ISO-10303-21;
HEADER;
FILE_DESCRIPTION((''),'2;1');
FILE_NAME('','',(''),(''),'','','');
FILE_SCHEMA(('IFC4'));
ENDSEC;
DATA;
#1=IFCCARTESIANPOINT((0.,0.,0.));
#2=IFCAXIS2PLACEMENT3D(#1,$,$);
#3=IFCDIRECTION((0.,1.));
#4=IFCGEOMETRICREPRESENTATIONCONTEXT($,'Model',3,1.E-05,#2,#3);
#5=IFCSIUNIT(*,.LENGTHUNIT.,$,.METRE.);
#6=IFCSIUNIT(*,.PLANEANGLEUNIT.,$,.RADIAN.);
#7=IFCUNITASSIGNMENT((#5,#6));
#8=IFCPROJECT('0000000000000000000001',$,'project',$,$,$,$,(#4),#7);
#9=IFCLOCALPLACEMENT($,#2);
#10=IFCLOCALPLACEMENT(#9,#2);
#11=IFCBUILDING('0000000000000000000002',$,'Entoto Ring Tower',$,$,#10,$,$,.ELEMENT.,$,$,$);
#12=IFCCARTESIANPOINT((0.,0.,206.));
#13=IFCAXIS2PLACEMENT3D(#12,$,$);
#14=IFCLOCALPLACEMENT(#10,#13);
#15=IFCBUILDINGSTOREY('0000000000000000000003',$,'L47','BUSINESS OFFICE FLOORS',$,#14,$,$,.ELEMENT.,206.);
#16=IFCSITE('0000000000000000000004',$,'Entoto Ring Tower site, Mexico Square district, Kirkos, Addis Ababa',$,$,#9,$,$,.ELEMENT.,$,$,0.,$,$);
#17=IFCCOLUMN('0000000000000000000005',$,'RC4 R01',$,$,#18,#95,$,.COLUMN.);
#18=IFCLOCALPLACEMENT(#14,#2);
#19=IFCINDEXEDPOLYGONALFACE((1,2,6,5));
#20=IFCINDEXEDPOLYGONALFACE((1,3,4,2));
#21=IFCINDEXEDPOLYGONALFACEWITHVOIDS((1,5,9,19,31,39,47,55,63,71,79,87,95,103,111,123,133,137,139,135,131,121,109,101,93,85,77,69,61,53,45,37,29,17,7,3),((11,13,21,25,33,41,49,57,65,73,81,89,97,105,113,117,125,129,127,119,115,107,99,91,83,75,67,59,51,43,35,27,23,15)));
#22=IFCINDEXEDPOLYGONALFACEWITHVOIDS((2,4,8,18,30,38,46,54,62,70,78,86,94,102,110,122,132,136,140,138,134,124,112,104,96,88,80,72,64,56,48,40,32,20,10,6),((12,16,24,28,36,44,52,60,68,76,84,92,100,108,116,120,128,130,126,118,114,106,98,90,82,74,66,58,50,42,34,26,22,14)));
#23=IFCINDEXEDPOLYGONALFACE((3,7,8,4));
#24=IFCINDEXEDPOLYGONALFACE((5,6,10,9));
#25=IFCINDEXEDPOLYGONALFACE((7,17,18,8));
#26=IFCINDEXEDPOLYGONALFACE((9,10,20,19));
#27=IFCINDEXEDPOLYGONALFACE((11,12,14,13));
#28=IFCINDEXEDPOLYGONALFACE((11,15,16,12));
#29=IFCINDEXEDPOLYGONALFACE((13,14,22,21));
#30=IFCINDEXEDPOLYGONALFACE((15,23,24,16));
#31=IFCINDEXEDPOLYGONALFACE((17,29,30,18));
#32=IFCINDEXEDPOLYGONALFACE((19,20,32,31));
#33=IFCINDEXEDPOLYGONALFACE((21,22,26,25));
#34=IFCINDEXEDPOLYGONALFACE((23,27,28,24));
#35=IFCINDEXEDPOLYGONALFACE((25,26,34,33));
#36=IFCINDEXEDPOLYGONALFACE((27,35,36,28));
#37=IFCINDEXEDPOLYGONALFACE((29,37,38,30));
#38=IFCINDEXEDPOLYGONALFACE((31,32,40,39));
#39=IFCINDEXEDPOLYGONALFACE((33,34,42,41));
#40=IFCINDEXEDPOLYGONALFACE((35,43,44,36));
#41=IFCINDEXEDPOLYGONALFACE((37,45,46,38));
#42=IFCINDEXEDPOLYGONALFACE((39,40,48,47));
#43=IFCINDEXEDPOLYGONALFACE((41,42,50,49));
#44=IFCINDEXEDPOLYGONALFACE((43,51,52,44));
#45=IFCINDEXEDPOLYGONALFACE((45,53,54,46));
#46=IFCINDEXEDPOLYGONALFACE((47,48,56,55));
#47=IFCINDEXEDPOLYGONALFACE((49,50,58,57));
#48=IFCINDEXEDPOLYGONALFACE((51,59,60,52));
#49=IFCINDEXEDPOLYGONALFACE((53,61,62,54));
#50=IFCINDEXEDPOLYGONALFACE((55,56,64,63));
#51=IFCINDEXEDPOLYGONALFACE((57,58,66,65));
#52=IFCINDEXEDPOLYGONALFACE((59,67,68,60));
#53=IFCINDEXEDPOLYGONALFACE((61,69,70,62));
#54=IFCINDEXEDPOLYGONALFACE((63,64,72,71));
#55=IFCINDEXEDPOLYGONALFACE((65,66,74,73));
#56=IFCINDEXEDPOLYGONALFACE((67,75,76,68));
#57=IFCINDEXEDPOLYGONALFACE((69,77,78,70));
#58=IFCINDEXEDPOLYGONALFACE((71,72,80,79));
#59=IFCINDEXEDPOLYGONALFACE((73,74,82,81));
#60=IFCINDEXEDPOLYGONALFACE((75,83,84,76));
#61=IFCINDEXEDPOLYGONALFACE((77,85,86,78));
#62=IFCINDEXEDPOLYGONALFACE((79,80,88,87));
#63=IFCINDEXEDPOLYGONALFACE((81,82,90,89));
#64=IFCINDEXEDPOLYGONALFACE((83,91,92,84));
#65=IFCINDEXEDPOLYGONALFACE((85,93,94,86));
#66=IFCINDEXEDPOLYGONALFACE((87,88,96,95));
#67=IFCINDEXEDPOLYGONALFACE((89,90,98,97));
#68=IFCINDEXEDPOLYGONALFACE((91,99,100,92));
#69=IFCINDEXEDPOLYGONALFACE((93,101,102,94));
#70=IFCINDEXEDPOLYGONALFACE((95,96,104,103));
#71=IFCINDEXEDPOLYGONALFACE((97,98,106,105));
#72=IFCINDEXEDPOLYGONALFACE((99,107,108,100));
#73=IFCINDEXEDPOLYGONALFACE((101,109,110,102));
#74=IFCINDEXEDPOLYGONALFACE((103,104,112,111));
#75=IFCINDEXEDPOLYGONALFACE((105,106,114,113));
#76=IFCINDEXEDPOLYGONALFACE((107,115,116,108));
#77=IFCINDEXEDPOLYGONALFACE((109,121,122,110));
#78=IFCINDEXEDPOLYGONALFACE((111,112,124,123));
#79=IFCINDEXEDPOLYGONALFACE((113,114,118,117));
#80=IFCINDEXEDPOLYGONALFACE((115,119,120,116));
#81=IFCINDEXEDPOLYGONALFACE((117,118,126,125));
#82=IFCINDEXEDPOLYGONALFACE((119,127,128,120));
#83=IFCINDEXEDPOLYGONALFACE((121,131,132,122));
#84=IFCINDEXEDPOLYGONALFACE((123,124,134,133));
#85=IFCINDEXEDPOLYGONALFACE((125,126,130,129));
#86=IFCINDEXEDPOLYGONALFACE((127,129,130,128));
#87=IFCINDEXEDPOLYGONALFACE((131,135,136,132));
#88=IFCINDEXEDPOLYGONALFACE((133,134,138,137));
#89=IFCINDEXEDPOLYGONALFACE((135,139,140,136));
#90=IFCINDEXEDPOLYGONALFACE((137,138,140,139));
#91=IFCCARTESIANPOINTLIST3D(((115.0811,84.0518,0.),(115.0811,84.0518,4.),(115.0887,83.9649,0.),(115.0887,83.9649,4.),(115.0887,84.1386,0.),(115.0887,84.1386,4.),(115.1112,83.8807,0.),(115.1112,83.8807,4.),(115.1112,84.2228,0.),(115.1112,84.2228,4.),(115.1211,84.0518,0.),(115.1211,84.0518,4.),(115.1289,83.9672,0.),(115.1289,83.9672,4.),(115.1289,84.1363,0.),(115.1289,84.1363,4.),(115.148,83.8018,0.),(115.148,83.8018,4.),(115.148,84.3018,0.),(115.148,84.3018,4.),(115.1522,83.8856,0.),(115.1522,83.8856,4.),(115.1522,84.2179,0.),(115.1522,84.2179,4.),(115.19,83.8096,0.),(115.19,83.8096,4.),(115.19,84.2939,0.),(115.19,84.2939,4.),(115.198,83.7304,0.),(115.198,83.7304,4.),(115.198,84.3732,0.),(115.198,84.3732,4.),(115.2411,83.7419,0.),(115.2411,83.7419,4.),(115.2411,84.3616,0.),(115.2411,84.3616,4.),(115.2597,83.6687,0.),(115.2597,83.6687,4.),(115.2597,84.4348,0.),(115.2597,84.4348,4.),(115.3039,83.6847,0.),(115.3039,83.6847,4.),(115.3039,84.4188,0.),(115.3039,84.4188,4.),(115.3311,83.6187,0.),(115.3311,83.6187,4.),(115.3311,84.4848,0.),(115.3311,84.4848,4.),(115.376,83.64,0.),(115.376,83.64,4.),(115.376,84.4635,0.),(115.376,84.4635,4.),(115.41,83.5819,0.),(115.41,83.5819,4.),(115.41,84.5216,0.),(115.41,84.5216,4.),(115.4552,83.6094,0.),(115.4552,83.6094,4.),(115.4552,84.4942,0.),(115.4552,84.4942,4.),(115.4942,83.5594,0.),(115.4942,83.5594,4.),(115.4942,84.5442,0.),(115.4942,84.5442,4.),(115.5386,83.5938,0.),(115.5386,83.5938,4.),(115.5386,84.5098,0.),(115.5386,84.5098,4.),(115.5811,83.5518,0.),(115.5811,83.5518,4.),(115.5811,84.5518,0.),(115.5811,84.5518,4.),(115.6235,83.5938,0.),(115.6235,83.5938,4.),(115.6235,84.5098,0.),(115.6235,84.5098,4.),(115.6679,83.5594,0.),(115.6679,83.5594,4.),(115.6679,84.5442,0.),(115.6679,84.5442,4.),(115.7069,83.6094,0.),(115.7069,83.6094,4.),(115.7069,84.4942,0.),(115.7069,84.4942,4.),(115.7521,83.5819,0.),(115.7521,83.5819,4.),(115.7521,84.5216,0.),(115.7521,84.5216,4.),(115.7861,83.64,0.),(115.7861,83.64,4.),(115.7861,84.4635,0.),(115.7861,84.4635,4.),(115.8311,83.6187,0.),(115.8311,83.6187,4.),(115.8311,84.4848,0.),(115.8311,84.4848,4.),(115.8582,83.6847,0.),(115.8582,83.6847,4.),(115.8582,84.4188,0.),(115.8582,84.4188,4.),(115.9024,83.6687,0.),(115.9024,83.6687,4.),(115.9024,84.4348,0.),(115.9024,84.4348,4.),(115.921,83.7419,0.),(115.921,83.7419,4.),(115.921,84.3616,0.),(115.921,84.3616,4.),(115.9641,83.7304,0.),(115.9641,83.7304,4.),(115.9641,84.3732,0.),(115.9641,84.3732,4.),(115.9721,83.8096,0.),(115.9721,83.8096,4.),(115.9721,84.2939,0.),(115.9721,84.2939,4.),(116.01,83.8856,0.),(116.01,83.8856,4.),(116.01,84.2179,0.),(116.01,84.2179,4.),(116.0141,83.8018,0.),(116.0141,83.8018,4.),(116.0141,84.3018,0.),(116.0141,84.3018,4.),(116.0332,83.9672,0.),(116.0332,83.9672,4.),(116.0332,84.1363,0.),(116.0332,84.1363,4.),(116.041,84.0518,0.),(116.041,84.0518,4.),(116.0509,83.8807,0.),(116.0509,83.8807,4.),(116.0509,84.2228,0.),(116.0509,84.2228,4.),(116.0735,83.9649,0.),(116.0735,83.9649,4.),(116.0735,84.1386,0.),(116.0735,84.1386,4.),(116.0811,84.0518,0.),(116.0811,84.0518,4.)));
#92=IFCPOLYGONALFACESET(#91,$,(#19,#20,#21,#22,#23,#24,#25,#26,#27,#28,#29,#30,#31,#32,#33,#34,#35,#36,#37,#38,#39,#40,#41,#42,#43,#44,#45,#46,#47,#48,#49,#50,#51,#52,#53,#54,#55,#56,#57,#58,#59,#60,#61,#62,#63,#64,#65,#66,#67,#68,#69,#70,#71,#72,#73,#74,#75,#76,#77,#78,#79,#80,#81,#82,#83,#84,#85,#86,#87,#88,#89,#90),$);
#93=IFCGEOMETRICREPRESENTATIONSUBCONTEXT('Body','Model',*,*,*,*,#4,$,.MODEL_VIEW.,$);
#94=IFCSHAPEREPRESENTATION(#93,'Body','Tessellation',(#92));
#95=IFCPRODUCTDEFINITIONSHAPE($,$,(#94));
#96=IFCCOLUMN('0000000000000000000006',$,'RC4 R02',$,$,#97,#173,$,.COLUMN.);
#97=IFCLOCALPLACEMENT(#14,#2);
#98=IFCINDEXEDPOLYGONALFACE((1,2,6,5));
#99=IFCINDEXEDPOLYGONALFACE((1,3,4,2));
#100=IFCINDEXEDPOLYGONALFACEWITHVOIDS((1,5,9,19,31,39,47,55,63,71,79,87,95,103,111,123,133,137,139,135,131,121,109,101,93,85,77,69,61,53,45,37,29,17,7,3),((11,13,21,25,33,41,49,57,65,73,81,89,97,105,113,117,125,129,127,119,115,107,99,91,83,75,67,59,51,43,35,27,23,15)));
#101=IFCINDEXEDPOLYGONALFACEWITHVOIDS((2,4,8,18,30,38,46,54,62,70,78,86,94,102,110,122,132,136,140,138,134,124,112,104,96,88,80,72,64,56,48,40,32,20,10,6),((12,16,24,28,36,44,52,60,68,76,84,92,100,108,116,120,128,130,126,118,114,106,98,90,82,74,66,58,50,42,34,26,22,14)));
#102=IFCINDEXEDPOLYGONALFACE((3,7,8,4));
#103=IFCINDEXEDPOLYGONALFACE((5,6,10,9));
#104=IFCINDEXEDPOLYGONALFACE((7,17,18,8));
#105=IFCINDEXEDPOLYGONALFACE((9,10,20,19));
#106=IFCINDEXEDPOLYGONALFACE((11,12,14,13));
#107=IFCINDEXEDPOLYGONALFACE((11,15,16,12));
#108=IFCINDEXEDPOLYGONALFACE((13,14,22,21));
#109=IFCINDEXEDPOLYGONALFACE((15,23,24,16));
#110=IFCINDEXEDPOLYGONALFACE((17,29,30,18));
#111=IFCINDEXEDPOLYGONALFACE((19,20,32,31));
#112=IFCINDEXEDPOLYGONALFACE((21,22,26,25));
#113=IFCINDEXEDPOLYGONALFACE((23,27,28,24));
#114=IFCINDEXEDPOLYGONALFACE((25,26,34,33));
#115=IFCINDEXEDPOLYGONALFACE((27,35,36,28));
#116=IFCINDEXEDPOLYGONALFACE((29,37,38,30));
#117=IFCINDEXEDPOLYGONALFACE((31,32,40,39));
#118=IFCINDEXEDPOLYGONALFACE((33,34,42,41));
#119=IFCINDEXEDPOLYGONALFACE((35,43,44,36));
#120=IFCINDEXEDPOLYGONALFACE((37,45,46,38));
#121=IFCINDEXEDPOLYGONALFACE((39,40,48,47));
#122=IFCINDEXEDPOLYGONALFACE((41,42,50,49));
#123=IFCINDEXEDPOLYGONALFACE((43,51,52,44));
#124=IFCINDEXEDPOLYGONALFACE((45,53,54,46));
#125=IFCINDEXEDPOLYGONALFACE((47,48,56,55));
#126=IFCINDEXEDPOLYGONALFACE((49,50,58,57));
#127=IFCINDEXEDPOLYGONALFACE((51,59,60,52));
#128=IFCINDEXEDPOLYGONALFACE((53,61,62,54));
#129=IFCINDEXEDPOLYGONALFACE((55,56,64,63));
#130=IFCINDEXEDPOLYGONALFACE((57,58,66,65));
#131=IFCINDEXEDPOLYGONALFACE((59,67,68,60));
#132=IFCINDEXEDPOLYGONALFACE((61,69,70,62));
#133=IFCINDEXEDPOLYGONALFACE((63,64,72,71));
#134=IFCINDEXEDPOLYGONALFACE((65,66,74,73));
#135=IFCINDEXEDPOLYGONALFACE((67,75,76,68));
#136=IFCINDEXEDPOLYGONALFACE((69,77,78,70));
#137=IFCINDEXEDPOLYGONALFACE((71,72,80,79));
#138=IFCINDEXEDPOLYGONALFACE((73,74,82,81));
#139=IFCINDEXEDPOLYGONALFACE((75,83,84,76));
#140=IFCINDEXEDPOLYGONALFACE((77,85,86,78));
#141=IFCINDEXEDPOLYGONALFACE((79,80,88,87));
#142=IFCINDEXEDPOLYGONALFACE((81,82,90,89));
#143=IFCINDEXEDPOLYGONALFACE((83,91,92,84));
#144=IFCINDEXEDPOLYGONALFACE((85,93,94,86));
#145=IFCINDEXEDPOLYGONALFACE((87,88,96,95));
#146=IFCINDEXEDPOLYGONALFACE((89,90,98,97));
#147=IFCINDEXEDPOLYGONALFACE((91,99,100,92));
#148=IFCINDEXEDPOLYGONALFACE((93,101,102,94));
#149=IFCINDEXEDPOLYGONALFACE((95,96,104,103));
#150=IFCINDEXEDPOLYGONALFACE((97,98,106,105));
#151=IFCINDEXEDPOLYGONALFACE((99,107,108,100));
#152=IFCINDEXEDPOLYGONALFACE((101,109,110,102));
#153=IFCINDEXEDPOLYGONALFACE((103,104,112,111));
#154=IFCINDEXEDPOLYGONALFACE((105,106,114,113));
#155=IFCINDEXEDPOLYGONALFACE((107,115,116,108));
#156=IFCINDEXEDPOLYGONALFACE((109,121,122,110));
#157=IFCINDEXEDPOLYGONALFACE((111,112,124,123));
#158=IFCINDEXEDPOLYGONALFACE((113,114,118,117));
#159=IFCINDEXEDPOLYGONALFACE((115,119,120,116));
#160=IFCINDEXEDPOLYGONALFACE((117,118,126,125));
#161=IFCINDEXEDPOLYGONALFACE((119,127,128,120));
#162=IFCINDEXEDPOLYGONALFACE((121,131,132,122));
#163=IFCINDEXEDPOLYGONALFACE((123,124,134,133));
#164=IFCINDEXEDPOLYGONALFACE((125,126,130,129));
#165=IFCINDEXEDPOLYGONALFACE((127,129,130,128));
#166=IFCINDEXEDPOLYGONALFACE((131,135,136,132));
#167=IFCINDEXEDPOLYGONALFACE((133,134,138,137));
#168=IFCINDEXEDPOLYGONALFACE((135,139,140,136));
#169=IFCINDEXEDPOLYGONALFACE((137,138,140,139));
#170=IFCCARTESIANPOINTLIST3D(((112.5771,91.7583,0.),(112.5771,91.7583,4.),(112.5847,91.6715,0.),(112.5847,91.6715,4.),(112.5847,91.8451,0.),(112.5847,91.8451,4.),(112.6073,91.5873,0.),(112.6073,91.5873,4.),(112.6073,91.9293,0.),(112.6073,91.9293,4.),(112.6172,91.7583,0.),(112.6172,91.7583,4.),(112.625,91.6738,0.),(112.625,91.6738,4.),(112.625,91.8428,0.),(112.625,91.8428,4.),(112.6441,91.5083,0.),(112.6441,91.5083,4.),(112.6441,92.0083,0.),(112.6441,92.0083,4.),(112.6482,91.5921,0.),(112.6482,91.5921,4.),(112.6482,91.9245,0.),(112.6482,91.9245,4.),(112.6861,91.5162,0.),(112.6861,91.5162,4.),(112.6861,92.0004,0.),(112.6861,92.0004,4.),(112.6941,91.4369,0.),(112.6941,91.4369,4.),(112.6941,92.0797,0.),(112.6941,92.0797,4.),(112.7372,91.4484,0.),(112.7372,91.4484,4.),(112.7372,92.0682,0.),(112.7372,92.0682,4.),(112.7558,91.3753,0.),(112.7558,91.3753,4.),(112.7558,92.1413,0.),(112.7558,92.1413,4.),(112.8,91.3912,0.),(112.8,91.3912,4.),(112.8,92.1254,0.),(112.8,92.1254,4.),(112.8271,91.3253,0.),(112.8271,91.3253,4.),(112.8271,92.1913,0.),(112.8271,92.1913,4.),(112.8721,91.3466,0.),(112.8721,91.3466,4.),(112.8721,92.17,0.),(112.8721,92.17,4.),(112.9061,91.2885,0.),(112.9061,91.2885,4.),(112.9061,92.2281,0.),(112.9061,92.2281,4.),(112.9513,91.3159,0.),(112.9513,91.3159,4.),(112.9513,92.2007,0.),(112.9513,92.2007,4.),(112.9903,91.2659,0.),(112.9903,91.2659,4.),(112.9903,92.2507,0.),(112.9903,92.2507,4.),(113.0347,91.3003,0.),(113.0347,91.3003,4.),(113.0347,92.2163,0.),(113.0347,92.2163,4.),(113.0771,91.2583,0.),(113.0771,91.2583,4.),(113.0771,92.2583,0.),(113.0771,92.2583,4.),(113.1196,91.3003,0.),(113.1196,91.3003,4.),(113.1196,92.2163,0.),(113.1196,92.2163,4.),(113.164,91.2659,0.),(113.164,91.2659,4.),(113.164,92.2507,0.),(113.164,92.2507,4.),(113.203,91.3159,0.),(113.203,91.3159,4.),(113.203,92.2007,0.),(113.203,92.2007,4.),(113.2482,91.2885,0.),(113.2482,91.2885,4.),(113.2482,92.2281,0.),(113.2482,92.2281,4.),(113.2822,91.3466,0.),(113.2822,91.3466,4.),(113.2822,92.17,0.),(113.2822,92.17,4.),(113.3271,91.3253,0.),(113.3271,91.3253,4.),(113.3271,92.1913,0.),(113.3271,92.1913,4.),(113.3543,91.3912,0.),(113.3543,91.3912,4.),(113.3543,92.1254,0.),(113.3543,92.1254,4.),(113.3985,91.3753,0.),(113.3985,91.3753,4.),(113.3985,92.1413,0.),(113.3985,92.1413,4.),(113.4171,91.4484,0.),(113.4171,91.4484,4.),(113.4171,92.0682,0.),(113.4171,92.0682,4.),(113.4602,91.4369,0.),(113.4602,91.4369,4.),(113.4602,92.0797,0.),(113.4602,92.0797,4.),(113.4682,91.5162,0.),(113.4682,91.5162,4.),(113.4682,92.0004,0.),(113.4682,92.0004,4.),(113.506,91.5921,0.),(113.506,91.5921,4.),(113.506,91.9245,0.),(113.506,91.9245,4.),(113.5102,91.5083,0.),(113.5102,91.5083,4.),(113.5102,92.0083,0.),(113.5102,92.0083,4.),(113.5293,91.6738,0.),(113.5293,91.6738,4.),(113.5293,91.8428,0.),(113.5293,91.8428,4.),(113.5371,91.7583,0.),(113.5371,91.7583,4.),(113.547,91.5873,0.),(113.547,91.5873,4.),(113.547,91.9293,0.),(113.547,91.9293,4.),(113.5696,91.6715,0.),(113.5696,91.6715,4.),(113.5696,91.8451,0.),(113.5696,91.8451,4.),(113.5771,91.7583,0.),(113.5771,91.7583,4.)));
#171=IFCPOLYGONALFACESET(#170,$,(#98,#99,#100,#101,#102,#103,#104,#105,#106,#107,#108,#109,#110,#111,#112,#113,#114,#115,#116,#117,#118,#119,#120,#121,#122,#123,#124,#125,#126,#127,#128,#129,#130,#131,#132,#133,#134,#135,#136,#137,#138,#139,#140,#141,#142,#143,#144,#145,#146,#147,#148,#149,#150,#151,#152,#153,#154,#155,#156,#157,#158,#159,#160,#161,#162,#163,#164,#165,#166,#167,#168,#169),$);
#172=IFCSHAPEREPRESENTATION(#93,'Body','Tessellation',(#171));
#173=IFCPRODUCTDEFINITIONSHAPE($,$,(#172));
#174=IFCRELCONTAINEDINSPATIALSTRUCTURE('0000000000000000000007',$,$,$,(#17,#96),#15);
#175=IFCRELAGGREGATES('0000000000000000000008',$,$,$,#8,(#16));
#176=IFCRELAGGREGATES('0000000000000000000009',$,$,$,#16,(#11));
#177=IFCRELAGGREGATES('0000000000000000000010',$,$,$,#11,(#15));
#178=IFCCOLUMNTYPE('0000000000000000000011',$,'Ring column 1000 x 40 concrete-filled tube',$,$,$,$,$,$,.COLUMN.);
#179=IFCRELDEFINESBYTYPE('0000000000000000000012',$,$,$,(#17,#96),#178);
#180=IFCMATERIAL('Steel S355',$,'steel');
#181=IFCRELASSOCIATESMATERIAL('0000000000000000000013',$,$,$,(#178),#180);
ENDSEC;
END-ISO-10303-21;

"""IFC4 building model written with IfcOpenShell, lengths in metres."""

from ifc_helpers import new_model, si_unit, direction, frame, origin, origin_2d, place, context, subcontext, project, spatial, circle, hollow_circle, extrude, material, material_profile, profile_set, type_object, element, save


model = new_model("IFC4")

# Units and contexts
model_context = context("Model", 3, precision=1e-05, world=origin(), true_north=direction((0.0, 1.0)))
body_context = subcontext(model_context, "Body", "Model", "MODEL_VIEW")
ifc_project = project(units=[si_unit("LENGTHUNIT", "METRE"), si_unit("PLANEANGLEUNIT", "RADIAN")], contexts=[model_context])

# Site, building, storey
site_placement = place(None, origin())
site = spatial("IfcSite", under=ifc_project, at=site_placement, Name="Entoto Ring Tower site, Mexico Square district, Kirkos, Addis Ababa", CompositionType="ELEMENT", RefElevation=0.0)
building_placement = place(site_placement, origin())
building = spatial("IfcBuilding", under=site, at=building_placement, Name="Entoto Ring Tower", CompositionType="ELEMENT")
storey_placement = place(building_placement, frame((0.0, 0.0, 206.0)))
storey = spatial("IfcBuildingStorey", under=building, at=storey_placement, Name="L47", Description="BUSINESS OFFICE FLOORS", CompositionType="ELEMENT", Elevation=206.0)

# Columns
ifc_material_1 = material(Name="Steel S355", Category="steel")
ifc_material_profile_1 = material_profile(ifc_material_1, hollow_circle(Radius=0.5, WallThickness=0.04, at=origin_2d()), Name="CHS 1000 x 40")
ifc_material_2 = material(Name="Concrete C60/75", Category="concrete")
ifc_material_profile_2 = material_profile(ifc_material_2, circle(Radius=0.46, at=origin_2d()), Name="Concrete C60/75 infill")
ifc_profile_set_1 = profile_set([ifc_material_profile_1, ifc_material_profile_2], Name="Steel S355")
column_type = type_object("IfcColumnType", Name="Ring column 1000 x 40 concrete-filled tube", PredefinedType="COLUMN", material=ifc_profile_set_1)
for number, where, z_axis, x_axis, name in (
    (1, (115.5811, 84.0518, 0.0), (0.0, 0.0, 1.0), (1.0, 0.0, 0.0), "RC4 R01"),
    (2, (113.0771, 91.7583, 0.0), (0.0, 0.0, 1.0), (1.0, 0.0, 0.0), "RC4 R02"),
):
    element("IfcColumn", number, at=place(storey_placement, frame(where, z_axis=z_axis, x_axis=x_axis)), inside=storey, type_object=column_type, Name=name, PredefinedType="COLUMN", context=body_context, shape_type="SweptSolid", body=[
        extrude(hollow_circle(Radius=0.5, WallThickness=0.04, at=origin_2d()), origin(), (0.0, 0.0, 1.0), 4.0),
    ])

save(model, "model.ifc")
